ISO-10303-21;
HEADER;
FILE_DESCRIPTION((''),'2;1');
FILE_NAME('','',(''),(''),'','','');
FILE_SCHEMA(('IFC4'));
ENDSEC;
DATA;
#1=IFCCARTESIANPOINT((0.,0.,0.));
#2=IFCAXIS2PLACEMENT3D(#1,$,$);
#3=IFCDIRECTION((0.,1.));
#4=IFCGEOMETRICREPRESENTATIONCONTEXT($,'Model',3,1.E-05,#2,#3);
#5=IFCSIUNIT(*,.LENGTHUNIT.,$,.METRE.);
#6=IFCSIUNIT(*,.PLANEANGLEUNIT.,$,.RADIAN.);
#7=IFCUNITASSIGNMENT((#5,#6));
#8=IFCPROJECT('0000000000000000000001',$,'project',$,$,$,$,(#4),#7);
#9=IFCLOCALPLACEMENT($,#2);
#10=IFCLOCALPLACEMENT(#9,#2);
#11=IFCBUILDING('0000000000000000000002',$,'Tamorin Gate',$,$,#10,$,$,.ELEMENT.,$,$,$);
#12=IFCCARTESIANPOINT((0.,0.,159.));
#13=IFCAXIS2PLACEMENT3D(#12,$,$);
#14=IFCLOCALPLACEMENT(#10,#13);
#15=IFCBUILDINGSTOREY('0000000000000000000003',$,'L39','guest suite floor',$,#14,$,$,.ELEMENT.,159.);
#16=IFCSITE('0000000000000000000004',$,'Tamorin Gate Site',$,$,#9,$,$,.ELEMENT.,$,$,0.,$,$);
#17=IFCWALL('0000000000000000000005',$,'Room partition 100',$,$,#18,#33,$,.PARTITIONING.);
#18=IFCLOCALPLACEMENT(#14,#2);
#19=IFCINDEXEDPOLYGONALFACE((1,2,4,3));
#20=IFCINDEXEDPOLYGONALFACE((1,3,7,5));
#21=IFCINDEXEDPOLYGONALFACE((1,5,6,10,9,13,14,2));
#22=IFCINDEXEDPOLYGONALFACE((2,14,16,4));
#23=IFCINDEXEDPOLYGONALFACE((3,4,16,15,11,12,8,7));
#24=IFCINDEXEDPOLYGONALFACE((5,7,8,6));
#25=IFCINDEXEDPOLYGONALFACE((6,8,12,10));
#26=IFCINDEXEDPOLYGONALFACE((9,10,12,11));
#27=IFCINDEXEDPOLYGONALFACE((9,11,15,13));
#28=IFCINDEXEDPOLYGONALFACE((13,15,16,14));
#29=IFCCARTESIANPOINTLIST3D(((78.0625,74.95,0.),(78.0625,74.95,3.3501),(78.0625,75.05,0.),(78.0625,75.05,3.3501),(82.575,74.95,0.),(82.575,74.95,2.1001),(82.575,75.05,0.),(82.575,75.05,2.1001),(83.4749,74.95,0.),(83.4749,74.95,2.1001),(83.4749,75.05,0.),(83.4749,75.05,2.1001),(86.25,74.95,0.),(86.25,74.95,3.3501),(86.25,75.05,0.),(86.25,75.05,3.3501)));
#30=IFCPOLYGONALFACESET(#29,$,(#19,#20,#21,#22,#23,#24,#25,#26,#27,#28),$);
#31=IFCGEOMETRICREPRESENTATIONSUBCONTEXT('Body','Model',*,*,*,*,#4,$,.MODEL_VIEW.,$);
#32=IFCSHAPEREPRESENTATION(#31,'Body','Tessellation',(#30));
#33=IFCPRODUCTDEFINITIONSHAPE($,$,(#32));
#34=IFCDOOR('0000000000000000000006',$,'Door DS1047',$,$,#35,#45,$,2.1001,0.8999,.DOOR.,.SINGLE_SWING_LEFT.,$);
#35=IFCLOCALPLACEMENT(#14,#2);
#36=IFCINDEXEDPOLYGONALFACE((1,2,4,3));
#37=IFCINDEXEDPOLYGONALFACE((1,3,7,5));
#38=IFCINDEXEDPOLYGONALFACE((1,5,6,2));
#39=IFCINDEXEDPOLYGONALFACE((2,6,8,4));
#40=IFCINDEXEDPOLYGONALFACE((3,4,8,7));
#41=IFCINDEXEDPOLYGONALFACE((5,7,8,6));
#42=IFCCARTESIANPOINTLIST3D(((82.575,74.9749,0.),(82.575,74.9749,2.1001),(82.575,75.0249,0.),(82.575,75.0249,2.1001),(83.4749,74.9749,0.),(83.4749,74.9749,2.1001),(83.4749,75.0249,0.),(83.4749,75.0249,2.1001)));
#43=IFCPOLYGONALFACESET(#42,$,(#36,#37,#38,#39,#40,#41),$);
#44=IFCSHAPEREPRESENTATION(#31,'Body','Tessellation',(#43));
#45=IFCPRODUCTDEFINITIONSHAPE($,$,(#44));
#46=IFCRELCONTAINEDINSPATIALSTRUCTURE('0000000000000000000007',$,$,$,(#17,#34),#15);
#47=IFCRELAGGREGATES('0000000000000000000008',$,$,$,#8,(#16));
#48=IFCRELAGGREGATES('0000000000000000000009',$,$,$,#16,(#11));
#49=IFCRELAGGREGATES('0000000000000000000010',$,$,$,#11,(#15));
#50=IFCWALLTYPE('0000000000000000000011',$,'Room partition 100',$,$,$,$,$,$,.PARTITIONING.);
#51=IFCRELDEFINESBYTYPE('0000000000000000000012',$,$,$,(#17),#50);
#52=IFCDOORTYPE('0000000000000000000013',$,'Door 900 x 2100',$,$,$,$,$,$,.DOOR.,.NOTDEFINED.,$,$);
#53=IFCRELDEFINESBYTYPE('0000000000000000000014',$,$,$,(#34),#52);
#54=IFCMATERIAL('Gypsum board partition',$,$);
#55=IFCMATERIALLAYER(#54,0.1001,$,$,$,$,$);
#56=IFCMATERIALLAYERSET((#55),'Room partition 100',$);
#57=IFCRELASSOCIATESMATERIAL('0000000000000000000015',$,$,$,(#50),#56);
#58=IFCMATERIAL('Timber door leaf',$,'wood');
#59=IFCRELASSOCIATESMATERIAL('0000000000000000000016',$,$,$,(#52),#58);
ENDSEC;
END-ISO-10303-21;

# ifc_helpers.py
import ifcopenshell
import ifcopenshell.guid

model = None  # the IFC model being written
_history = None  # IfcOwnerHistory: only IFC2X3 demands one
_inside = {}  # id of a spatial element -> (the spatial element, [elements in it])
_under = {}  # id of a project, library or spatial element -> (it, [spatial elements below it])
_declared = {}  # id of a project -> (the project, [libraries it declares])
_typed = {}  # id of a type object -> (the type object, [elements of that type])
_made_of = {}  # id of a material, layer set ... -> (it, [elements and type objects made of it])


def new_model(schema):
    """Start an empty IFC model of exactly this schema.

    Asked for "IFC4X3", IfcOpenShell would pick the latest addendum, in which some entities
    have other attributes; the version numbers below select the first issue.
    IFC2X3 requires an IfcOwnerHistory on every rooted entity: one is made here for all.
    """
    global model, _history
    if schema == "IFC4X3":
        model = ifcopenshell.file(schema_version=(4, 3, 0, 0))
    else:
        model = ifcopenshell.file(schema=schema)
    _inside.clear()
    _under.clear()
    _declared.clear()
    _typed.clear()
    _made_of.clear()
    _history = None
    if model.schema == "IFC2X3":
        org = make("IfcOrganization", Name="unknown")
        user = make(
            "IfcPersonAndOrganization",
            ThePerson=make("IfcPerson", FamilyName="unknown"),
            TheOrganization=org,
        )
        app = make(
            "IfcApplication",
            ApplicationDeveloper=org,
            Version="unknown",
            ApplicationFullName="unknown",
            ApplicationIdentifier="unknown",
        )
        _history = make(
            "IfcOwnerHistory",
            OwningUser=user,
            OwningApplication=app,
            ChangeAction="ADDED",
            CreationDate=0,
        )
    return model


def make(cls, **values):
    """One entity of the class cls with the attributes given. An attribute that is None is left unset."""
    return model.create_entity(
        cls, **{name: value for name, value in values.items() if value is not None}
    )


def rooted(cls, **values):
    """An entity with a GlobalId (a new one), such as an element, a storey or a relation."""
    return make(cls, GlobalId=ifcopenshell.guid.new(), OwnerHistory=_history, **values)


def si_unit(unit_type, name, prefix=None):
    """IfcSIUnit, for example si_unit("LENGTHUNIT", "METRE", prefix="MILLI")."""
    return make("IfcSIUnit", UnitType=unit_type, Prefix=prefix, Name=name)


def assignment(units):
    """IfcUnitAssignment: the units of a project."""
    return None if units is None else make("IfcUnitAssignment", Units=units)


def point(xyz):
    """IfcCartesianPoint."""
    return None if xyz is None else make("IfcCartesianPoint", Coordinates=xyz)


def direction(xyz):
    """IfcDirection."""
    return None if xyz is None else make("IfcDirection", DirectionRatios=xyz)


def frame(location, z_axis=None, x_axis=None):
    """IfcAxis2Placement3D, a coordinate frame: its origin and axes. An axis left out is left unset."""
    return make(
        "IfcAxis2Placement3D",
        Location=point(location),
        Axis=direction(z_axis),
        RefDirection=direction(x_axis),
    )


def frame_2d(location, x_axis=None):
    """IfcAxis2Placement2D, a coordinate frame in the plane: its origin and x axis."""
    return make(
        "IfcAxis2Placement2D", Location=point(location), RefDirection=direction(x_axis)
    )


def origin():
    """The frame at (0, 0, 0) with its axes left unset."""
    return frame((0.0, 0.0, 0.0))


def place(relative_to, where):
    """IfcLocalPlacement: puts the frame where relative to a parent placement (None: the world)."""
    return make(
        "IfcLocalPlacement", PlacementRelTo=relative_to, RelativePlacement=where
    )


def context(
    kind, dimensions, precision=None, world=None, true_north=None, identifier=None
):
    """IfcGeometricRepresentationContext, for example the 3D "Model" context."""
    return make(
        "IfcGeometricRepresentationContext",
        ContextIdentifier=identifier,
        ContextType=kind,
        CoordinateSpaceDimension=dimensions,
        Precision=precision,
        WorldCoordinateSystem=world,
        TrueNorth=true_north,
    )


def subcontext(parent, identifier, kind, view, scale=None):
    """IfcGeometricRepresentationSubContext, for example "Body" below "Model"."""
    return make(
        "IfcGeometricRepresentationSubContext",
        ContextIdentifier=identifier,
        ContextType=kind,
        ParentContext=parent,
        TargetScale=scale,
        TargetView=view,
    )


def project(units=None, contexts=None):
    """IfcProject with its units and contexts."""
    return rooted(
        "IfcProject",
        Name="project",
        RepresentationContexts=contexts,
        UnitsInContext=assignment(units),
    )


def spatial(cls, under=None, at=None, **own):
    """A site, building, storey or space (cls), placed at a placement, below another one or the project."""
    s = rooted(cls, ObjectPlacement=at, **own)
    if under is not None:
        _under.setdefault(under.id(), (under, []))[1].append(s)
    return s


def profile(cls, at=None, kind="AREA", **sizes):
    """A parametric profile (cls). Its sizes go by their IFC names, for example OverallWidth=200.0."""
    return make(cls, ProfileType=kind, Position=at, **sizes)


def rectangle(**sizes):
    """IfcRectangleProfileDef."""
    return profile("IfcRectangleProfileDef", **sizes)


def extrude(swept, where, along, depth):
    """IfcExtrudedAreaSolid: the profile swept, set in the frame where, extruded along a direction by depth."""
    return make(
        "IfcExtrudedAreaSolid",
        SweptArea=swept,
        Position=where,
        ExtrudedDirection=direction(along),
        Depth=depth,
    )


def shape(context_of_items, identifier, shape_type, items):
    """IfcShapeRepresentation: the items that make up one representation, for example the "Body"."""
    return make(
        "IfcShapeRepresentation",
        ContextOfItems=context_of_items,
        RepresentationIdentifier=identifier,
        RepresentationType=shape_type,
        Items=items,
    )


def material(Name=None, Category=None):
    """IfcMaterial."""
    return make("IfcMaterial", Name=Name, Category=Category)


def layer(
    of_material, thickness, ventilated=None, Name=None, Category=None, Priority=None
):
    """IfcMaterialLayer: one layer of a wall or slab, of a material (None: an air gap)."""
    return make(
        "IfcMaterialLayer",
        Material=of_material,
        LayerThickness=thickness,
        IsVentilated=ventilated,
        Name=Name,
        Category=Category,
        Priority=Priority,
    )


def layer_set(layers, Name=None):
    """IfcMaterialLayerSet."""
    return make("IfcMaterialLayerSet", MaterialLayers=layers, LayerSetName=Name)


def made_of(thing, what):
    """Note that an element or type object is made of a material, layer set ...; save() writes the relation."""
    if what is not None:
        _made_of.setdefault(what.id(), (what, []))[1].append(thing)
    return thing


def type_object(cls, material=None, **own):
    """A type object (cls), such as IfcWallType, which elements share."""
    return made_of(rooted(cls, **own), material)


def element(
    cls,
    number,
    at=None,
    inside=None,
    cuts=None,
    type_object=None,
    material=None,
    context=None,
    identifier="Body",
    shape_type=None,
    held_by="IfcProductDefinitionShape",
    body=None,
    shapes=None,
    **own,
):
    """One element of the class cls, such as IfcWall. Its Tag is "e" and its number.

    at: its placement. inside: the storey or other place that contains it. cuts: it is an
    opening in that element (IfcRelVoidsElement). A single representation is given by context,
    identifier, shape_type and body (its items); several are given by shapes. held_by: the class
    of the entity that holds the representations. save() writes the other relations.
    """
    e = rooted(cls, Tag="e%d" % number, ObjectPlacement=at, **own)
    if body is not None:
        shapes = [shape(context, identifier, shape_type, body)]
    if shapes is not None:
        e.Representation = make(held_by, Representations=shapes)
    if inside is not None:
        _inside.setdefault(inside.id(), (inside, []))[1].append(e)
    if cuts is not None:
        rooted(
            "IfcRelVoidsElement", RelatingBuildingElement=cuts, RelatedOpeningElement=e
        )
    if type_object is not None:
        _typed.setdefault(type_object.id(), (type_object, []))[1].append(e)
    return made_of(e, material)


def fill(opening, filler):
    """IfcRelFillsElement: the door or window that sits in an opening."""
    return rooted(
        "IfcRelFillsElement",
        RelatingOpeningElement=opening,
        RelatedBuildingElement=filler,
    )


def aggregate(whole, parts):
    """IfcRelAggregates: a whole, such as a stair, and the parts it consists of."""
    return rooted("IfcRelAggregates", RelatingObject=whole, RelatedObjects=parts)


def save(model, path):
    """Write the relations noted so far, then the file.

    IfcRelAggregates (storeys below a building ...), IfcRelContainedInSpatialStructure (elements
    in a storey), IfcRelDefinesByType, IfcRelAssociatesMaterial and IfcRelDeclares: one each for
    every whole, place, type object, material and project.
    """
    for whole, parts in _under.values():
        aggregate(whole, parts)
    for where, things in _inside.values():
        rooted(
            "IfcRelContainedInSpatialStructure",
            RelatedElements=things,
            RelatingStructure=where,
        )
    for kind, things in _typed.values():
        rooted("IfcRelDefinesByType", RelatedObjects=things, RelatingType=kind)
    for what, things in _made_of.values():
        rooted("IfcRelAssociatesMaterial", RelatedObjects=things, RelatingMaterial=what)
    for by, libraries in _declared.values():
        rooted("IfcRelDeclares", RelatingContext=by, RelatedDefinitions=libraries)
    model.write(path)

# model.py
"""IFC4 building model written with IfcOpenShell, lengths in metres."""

from ifc_helpers import new_model, si_unit, direction, frame, frame_2d, origin, place, context, subcontext, project, spatial, rectangle, extrude, material, layer, layer_set, type_object, element, fill, save


model = new_model("IFC4")

# Units and contexts
model_context = context("Model", 3, precision=1e-05, world=origin(), true_north=direction((0.0, 1.0)))
body_context = subcontext(model_context, "Body", "Model", "MODEL_VIEW")
ifc_project = project(units=[si_unit("LENGTHUNIT", "METRE"), si_unit("PLANEANGLEUNIT", "RADIAN")], contexts=[model_context])

# Site, building, storey
site_placement = place(None, origin())
site = spatial("IfcSite", under=ifc_project, at=site_placement, Name="Tamorin Gate Site", CompositionType="ELEMENT", RefElevation=0.0)
building_placement = place(site_placement, origin())
building = spatial("IfcBuilding", under=site, at=building_placement, Name="Tamorin Gate", CompositionType="ELEMENT")
storey_placement = place(building_placement, frame((0.0, 0.0, 159.0)))
storey = spatial("IfcBuildingStorey", under=building, at=storey_placement, Name="L39", Description="guest suite floor", CompositionType="ELEMENT", Elevation=159.0)

# Shared definitions
ifc_material_1 = material(Name="Gypsum board partition")

# Wall, opening, door
ifc_layer_1 = layer(ifc_material_1, 0.1001)
ifc_layer_set_1 = layer_set([ifc_layer_1], Name="Room partition 100")
wall_type_1 = type_object("IfcWallType", Name="Room partition 100", PredefinedType="PARTITIONING", material=ifc_layer_set_1)
wall_1_placement = place(storey_placement, frame((78.0625, 75.0, 0.0), z_axis=(0.0, 0.0, 1.0), x_axis=(1.0, 0.0, 0.0)))
wall_1 = element("IfcWall", 1, at=wall_1_placement, inside=storey, type_object=wall_type_1, Name="Room partition 100", PredefinedType="PARTITIONING", context=body_context, shape_type="SweptSolid", body=[
    extrude(rectangle(XDim=8.1875, YDim=0.1001, at=frame_2d((4.0938, 0.0))), origin(), (0.0, 0.0, 1.0), 3.3501),
])
opening_1_placement = place(wall_1_placement, frame((4.5125, 0.0, 0.0)))
opening_1 = element("IfcOpeningElement", 2, at=opening_1_placement, cuts=wall_1, PredefinedType="OPENING", context=body_context, shape_type="SweptSolid", body=[
    extrude(rectangle(XDim=0.8999, YDim=2.1001, at=frame_2d((0.45, 1.05))), frame((0.0, 0.0601, 0.0), z_axis=(0.0, -1.0, 0.0), x_axis=(1.0, 0.0, 0.0)), (0.0, 0.0, 1.0), 0.1201),
])
ifc_material_2 = material(Name="Timber door leaf", Category="wood")
door_type = type_object("IfcDoorType", Name="Door 900 x 2100", OperationType="NOTDEFINED", PredefinedType="DOOR", material=ifc_material_2)
door_placement = place(opening_1_placement, origin())
door = element("IfcDoor", 3, at=door_placement, inside=storey, type_object=door_type, Name="Door DS1047", OperationType="SINGLE_SWING_LEFT", OverallHeight=2.1001, OverallWidth=0.8999, PredefinedType="DOOR", context=body_context, shape_type="SweptSolid", body=[
    extrude(rectangle(XDim=0.8999, YDim=2.1001, at=frame_2d((0.45, 1.05))), frame((0.0, 0.0249, 0.0), z_axis=(0.0, -1.0, 0.0), x_axis=(1.0, 0.0, 0.0)), (0.0, 0.0, 1.0), 0.05),
])
fill(opening_1, door)

save(model, "model.ifc")
